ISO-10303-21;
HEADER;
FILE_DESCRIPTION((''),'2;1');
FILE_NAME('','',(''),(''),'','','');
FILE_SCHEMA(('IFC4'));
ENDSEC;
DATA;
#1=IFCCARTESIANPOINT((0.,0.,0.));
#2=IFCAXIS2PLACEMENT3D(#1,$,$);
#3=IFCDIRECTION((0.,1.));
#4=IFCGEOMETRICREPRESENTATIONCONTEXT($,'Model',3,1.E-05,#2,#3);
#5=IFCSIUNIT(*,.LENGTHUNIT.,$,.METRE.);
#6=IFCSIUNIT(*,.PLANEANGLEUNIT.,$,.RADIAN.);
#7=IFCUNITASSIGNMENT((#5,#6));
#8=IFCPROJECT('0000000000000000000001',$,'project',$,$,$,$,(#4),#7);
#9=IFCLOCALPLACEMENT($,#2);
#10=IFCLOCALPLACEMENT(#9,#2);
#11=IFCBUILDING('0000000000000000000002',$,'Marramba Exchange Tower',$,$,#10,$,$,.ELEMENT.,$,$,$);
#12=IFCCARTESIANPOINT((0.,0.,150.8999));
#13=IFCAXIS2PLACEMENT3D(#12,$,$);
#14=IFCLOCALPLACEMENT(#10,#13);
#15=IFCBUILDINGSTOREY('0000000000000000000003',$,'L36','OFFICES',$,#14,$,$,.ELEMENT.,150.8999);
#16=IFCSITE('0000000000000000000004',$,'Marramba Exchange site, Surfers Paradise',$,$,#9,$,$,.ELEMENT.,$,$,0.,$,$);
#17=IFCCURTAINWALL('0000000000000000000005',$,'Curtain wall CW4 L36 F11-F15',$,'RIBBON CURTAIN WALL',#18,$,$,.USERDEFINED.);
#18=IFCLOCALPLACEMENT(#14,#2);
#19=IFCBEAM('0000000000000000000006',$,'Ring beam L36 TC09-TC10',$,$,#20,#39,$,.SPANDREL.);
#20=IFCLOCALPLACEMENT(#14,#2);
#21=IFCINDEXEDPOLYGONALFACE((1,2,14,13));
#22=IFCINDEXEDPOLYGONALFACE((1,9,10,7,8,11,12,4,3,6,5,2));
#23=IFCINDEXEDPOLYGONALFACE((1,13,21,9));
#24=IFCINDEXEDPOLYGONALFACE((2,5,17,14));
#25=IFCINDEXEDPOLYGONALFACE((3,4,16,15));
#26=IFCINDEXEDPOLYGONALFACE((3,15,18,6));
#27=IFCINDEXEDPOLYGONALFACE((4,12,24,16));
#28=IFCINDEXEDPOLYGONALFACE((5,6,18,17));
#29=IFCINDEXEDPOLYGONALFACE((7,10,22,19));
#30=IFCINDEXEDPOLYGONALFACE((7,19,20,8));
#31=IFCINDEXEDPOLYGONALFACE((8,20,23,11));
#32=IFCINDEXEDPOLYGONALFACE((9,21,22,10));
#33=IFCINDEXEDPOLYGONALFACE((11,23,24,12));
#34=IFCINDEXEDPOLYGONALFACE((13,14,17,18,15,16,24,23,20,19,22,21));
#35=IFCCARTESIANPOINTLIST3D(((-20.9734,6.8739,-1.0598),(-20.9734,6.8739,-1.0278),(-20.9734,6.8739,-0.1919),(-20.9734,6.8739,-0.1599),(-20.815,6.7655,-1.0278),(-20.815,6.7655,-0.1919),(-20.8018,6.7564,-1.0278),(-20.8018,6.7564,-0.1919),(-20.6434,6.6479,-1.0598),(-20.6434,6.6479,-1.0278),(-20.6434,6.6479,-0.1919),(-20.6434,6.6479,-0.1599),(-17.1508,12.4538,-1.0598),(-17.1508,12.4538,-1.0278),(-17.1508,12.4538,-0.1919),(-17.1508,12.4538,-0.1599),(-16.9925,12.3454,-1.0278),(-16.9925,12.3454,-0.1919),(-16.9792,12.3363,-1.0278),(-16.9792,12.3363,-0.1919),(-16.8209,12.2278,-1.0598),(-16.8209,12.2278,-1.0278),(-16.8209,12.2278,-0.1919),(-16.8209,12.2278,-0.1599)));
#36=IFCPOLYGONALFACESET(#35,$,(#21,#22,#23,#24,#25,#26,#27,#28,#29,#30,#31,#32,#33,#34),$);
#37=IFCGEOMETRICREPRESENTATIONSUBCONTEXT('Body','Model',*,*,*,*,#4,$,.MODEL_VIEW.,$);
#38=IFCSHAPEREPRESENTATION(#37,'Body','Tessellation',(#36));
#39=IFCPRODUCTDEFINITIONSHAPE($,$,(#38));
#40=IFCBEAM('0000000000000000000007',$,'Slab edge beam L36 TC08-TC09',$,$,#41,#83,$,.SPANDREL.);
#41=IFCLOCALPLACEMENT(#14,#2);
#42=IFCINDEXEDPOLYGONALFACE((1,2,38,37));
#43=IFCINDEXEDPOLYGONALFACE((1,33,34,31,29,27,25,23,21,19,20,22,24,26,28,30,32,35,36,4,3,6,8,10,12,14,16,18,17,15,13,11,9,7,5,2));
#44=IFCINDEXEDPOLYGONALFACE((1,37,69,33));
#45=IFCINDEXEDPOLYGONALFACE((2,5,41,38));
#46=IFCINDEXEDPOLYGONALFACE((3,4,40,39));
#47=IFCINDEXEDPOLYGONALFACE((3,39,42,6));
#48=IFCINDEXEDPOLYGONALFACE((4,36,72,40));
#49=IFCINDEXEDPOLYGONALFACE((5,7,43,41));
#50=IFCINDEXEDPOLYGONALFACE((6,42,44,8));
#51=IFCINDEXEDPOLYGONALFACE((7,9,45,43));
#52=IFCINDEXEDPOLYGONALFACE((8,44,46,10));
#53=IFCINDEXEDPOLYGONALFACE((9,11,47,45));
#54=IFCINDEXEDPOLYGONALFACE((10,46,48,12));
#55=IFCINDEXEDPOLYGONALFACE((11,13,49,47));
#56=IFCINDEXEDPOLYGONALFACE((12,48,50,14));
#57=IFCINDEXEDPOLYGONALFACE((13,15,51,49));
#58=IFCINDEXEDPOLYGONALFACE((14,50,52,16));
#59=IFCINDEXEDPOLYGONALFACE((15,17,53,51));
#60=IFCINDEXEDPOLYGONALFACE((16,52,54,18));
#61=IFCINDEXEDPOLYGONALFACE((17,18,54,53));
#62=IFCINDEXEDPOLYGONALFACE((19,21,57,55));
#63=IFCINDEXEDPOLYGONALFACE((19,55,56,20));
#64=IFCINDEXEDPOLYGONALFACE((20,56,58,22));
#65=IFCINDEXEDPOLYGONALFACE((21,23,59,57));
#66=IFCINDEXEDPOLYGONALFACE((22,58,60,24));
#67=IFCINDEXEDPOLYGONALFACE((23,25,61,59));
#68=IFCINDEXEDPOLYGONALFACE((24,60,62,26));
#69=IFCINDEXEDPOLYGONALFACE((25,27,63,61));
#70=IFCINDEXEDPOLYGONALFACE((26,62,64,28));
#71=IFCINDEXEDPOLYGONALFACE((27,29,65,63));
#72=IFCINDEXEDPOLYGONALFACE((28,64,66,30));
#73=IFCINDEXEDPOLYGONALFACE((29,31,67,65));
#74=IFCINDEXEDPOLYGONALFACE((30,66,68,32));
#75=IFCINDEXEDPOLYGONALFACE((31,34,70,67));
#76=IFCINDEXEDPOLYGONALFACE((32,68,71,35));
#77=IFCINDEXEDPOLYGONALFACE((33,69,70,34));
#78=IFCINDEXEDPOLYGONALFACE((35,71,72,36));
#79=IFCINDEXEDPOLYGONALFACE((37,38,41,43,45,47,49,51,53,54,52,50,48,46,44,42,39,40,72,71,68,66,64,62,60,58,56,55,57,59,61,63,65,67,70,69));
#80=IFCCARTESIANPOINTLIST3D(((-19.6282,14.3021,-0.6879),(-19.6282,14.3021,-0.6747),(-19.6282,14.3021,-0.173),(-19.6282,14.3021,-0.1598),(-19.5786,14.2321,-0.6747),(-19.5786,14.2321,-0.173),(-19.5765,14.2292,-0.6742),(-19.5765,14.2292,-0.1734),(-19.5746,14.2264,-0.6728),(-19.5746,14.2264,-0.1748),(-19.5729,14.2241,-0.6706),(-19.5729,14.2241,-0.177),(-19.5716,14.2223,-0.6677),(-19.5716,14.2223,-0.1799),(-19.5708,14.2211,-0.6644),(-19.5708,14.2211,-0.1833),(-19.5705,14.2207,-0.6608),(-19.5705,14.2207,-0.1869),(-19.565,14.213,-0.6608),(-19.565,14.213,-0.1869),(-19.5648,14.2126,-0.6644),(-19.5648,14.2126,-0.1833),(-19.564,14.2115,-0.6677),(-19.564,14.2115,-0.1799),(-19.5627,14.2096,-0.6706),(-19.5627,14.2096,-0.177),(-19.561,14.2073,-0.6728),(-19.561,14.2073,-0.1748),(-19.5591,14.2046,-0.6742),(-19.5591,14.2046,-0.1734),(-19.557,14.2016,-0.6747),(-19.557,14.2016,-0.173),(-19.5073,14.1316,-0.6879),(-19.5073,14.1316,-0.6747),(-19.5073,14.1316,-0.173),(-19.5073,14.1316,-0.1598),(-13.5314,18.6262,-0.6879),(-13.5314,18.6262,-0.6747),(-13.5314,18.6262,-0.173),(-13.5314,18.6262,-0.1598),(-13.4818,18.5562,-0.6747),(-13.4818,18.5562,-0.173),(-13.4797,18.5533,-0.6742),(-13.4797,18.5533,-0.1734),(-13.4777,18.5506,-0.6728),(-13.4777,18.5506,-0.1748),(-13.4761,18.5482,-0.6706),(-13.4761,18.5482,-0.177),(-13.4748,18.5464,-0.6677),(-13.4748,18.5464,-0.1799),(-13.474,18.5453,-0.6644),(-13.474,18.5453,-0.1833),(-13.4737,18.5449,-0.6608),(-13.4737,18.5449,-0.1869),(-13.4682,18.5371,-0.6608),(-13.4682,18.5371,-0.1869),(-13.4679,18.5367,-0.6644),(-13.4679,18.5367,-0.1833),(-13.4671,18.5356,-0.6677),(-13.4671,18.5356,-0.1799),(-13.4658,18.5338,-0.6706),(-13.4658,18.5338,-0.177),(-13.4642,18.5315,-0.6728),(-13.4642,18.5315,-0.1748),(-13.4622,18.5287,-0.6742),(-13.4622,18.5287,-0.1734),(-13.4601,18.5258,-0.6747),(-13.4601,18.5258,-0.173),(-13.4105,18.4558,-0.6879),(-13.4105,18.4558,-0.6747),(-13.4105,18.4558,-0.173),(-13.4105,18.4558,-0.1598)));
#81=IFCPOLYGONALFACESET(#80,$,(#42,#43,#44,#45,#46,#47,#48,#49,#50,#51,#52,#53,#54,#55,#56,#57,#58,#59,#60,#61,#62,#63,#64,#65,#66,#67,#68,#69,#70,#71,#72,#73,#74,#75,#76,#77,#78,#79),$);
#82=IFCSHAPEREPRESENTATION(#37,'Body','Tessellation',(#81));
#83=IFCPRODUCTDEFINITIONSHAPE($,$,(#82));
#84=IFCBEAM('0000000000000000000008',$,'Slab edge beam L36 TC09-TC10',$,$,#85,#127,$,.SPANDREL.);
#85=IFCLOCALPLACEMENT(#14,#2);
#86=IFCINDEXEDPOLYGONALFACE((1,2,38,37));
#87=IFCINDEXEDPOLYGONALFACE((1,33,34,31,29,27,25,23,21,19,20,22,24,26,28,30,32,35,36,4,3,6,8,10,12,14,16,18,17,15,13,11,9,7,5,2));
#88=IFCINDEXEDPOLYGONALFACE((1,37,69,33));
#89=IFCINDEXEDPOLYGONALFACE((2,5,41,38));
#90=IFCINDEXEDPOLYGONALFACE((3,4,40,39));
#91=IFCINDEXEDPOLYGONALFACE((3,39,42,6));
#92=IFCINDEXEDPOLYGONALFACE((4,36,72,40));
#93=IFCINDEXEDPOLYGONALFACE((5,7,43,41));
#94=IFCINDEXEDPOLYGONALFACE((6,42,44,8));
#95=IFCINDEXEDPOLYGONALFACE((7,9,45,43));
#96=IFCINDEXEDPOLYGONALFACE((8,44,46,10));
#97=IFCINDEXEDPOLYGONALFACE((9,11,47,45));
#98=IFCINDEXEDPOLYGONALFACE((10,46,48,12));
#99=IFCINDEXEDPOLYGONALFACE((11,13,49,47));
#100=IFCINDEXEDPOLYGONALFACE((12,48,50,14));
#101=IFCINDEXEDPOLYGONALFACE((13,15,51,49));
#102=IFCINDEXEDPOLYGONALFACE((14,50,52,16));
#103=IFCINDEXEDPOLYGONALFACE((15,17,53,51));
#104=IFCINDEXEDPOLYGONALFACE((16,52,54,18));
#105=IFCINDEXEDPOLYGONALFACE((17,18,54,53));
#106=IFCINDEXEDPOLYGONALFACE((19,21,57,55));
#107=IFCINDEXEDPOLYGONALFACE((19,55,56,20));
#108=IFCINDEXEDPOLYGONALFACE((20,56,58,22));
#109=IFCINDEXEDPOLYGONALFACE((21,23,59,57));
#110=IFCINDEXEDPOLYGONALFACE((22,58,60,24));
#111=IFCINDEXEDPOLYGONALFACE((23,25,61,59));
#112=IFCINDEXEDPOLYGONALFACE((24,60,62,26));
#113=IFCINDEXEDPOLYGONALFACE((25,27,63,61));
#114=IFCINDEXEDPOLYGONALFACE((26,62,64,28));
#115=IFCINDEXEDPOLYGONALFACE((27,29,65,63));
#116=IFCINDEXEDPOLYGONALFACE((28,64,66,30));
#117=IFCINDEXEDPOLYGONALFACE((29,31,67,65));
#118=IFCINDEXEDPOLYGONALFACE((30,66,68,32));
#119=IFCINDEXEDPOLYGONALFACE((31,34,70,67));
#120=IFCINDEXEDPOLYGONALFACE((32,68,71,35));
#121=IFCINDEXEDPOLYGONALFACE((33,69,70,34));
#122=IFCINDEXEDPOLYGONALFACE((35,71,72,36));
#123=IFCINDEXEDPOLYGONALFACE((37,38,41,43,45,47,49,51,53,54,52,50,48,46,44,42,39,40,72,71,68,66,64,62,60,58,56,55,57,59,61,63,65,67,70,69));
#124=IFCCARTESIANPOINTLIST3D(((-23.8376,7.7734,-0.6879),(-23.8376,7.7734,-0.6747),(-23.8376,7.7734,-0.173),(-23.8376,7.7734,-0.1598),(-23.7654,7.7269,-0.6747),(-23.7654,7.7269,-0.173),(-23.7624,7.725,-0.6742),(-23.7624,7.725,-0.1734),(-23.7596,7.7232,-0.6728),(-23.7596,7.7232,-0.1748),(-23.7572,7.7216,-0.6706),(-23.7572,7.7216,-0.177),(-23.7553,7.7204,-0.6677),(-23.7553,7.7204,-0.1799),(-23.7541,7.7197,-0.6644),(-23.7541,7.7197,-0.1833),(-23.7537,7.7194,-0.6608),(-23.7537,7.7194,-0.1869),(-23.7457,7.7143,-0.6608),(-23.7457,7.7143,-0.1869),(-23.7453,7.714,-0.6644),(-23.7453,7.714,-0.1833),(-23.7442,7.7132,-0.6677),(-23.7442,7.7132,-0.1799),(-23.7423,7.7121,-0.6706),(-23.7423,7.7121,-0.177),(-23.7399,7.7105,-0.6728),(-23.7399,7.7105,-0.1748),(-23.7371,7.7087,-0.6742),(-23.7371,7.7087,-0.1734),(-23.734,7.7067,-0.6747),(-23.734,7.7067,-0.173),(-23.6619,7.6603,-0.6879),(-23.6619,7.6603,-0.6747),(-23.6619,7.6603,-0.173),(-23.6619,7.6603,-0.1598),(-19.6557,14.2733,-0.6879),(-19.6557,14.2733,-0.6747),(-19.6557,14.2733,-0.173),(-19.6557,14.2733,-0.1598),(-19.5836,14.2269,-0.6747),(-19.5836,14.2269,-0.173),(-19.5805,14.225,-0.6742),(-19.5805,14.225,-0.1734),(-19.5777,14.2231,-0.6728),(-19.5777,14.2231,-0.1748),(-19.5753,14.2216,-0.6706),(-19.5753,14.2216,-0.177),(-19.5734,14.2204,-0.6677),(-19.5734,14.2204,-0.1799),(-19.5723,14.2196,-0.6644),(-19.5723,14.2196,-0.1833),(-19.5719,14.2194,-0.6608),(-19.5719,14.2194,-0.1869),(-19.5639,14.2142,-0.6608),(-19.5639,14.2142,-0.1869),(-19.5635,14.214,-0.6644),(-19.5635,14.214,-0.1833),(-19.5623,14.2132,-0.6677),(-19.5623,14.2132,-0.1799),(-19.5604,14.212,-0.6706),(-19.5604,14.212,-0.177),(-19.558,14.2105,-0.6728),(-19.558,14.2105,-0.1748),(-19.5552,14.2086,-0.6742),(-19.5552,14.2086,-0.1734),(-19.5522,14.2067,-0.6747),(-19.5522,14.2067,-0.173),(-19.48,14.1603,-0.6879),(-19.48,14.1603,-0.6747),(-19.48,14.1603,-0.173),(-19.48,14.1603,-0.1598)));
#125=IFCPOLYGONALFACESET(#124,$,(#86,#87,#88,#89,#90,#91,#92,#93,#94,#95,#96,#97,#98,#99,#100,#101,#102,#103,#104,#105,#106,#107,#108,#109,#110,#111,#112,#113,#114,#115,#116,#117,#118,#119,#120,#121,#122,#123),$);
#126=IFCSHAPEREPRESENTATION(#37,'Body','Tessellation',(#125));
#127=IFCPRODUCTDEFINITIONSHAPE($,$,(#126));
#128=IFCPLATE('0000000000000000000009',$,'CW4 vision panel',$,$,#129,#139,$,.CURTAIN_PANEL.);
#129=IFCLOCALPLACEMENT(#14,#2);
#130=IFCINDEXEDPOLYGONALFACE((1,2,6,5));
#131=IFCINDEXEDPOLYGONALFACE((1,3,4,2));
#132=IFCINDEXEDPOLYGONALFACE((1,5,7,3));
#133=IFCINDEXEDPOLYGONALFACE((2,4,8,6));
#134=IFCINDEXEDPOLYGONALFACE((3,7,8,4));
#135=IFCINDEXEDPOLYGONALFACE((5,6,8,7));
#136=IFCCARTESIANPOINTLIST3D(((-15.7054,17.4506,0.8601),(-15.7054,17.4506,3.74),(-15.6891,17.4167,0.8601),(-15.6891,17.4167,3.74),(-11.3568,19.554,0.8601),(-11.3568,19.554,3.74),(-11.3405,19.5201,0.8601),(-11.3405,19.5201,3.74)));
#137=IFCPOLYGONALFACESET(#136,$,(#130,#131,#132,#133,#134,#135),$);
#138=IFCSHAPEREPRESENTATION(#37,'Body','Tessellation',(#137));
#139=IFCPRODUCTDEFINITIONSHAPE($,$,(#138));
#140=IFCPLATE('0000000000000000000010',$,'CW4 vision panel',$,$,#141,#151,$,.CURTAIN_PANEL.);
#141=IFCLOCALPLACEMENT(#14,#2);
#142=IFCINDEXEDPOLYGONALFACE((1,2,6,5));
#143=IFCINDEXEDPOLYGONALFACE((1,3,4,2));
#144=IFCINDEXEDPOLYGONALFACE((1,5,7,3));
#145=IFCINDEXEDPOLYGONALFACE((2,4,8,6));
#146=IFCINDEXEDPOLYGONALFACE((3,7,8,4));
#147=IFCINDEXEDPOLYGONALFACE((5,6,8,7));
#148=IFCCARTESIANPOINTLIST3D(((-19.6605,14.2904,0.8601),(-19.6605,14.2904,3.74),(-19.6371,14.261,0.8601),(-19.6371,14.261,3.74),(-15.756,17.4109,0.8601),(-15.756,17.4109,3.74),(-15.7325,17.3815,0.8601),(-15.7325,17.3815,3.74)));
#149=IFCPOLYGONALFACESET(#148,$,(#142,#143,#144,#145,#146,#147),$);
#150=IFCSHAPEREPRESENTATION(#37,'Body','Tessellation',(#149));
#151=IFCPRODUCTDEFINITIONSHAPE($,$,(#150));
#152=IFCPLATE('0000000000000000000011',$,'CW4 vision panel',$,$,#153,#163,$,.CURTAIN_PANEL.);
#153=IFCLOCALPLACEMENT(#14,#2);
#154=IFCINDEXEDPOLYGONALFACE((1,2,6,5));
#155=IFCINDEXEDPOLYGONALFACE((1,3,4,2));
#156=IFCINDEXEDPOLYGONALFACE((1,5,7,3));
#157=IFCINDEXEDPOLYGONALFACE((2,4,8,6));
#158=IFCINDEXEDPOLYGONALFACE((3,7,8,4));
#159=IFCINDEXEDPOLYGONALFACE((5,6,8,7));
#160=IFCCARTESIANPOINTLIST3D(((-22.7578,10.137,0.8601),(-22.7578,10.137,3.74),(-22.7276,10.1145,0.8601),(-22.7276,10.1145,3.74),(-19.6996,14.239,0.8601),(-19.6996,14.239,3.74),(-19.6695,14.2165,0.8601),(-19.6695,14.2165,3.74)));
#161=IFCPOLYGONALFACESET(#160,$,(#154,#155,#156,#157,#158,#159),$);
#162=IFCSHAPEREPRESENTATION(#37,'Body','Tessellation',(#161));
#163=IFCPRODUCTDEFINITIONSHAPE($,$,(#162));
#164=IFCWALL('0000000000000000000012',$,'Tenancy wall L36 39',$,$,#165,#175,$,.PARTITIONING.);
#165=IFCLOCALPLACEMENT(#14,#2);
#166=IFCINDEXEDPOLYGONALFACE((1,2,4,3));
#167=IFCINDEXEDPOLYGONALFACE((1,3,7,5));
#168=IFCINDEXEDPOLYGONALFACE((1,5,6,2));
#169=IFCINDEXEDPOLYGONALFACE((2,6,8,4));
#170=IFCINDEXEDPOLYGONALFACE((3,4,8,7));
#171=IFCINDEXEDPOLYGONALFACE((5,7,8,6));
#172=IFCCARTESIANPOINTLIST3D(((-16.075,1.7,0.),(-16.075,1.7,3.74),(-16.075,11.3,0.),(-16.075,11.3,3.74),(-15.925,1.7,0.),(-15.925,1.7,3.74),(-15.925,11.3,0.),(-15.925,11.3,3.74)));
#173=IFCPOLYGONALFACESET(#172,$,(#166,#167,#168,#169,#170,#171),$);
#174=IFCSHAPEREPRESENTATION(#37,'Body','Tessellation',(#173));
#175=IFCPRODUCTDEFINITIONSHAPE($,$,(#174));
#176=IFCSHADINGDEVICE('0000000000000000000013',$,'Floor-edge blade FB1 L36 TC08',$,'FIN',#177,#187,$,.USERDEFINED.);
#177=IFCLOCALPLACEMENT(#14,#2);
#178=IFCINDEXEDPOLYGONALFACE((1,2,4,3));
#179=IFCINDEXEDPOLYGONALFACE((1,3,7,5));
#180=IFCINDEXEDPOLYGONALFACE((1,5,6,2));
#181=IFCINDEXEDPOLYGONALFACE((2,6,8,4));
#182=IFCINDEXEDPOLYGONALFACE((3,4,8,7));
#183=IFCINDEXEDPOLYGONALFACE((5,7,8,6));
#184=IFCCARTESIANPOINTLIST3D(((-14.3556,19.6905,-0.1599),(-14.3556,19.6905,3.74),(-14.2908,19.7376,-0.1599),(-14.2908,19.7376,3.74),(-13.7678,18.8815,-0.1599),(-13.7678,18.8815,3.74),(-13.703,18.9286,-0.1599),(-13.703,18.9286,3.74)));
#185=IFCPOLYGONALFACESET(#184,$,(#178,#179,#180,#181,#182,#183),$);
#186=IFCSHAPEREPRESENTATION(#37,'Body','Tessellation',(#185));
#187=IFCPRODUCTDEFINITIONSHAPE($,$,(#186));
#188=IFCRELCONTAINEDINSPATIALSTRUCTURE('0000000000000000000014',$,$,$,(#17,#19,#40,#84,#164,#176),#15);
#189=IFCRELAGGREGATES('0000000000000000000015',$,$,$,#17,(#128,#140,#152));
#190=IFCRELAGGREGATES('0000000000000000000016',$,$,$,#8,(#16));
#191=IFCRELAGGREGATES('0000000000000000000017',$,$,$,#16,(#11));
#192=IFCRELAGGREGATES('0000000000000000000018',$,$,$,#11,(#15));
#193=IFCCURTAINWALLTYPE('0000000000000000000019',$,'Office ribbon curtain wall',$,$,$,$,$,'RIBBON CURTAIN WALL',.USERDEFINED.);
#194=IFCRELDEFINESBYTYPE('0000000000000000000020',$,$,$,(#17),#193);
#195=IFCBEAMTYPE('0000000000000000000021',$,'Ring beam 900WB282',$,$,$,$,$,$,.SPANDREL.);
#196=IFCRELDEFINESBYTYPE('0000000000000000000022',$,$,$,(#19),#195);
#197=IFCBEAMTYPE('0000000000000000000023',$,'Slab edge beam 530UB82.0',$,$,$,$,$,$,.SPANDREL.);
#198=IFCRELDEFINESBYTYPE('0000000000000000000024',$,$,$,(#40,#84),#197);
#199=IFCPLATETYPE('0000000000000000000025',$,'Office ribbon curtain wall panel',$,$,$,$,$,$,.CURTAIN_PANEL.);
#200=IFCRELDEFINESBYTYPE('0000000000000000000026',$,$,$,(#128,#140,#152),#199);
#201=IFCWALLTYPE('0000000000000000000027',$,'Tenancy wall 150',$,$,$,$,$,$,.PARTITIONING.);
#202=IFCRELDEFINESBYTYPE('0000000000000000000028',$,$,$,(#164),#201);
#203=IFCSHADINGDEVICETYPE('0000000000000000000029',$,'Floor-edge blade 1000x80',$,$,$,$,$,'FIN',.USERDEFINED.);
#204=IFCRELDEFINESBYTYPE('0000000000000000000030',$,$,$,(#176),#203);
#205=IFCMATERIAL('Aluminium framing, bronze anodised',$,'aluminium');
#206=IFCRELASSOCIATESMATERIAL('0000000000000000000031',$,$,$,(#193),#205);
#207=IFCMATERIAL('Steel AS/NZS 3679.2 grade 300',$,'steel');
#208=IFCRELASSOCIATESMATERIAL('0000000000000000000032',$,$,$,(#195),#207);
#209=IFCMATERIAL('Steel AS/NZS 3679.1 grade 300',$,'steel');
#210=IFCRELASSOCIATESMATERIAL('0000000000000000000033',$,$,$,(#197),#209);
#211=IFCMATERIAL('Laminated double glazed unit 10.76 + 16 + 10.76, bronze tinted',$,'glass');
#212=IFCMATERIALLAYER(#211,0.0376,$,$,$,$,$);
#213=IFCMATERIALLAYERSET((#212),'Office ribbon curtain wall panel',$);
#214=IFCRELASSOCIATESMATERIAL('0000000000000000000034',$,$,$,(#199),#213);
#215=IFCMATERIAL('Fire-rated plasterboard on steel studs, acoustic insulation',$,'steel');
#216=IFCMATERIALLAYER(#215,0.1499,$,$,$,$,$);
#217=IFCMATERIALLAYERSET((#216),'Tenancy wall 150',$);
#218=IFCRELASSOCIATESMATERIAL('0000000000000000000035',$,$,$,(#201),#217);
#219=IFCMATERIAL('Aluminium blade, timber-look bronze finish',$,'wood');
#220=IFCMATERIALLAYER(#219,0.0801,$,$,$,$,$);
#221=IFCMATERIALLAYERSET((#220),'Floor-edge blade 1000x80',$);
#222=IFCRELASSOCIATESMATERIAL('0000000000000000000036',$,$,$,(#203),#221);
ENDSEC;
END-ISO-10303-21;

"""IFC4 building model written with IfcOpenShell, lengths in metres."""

from ifc_helpers import new_model, si_unit, direction, frame, frame_2d, origin, origin_2d, place, context, subcontext, project, spatial, rectangle, i_section, extrude, material, layer, layer_set, material_profile, profile_set, type_object, element, aggregate, save


model = new_model("IFC4")

# Units and contexts
model_context = context("Model", 3, precision=1e-05, world=origin(), true_north=direction((0.0, 1.0)))
body_context = subcontext(model_context, "Body", "Model", "MODEL_VIEW")
ifc_project = project(units=[si_unit("LENGTHUNIT", "METRE"), si_unit("PLANEANGLEUNIT", "RADIAN")], contexts=[model_context])

# Site, building, storey
site_placement = place(None, origin())
site = spatial("IfcSite", under=ifc_project, at=site_placement, Name="Marramba Exchange site, Surfers Paradise", CompositionType="ELEMENT", RefElevation=0.0)
building_placement = place(site_placement, origin())
building = spatial("IfcBuilding", under=site, at=building_placement, Name="Marramba Exchange Tower", CompositionType="ELEMENT")
storey_placement = place(building_placement, frame((0.0, 0.0, 150.8999)))
storey = spatial("IfcBuildingStorey", under=building, at=storey_placement, Name="L36", Description="OFFICES", CompositionType="ELEMENT", Elevation=150.8999)

# Shared definitions
ifc_material_1 = material(Name="Steel AS/NZS 3679.2 grade 300", Category="steel")
ifc_material_2 = material(Name="Steel AS/NZS 3679.1 grade 300", Category="steel")

# Curtain wall
ifc_material_3 = material(Name="Aluminium framing, bronze anodised", Category="aluminium")
curtain_wall_type = type_object("IfcCurtainWallType", Name="Office ribbon curtain wall", ElementType="RIBBON CURTAIN WALL", PredefinedType="USERDEFINED", material=ifc_material_3)
curtain_wall_placement = place(storey_placement, origin())
curtain_wall = element("IfcCurtainWall", 1, at=curtain_wall_placement, inside=storey, type_object=curtain_wall_type, Name="Curtain wall CW4 L36 F11-F15", ObjectType="RIBBON CURTAIN WALL", PredefinedType="USERDEFINED")

# Beams
ifc_material_profile_1 = material_profile(ifc_material_1, i_section(OverallWidth=0.3999, OverallDepth=0.8999, WebThickness=0.0161, FlangeThickness=0.032, at=origin_2d()), Name="900WB282")
ifc_profile_set_1 = profile_set([ifc_material_profile_1], Name="Steel AS/NZS 3679.2 grade 300")
beam_type_1 = type_object("IfcBeamType", Name="Ring beam 900WB282", PredefinedType="SPANDREL", material=ifc_profile_set_1)
beam_1_placement = place(storey_placement, frame((-16.9858, 12.3408, -0.6099), z_axis=(-0.56516, -0.824981, 0.0), x_axis=(0.824981, -0.56516, 0.0)))
element("IfcBeam", 2, at=beam_1_placement, inside=storey, type_object=beam_type_1, Name="Ring beam L36 TC09-TC10", PredefinedType="SPANDREL", context=body_context, shape_type="SweptSolid", body=[
    extrude(i_section(OverallWidth=0.3999, OverallDepth=0.8999, WebThickness=0.0161, FlangeThickness=0.032, at=origin_2d()), origin(), (0.0, 0.0, 1.0), 6.7637),
])
ifc_material_profile_2 = material_profile(ifc_material_2, i_section(OverallWidth=0.209, OverallDepth=0.5281, WebThickness=0.0095, FlangeThickness=0.0132, FilletRadius=0.0139, at=origin_2d()), Name="530UB82.0")
ifc_profile_set_2 = profile_set([ifc_material_profile_2], Name="Steel AS/NZS 3679.1 grade 300")
beam_type_2 = type_object("IfcBeamType", Name="Slab edge beam 530UB82.0", PredefinedType="SPANDREL", material=ifc_profile_set_2)
beam_2_placement = place(storey_placement, frame((-13.4709, 18.541, -0.4238), z_axis=(-0.815673, -0.578513, 0.0), x_axis=(0.578513, -0.815673, 0.0)))
element("IfcBeam", 3, at=beam_2_placement, inside=storey, type_object=beam_type_2, Name="Slab edge beam L36 TC08-TC09", PredefinedType="SPANDREL", context=body_context, shape_type="SweptSolid", body=[
    extrude(i_section(OverallWidth=0.209, OverallDepth=0.5281, WebThickness=0.0095, FlangeThickness=0.0132, FilletRadius=0.0139, at=origin_2d()), origin(), (0.0, 0.0, 1.0), 7.4746),
])
beam_3_placement = place(storey_placement, frame((-19.5679, 14.2168, -0.4238), z_axis=(-0.541061, -0.840983, 0.0), x_axis=(0.840983, -0.541061, 0.0)))
element("IfcBeam", 4, at=beam_3_placement, inside=storey, type_object=beam_type_2, Name="Slab edge beam L36 TC09-TC10", PredefinedType="SPANDREL", context=body_context, shape_type="SweptSolid", body=[
    extrude(i_section(OverallWidth=0.209, OverallDepth=0.5281, WebThickness=0.0095, FlangeThickness=0.0132, FilletRadius=0.0139, at=origin_2d()), origin(), (0.0, 0.0, 1.0), 7.729),
])

# Plates
ifc_material_4 = material(Name="Laminated double glazed unit 10.76 + 16 + 10.76, bronze tinted", Category="glass")
ifc_layer_1 = layer(ifc_material_4, 0.0376)
ifc_layer_set_1 = layer_set([ifc_layer_1], Name="Office ribbon curtain wall panel")
plate_type = type_object("IfcPlateType", Name="Office ribbon curtain wall panel", PredefinedType="CURTAIN_PANEL", material=ifc_layer_set_1)
plate_1_placement = place(storey_placement, frame((-13.5229, 18.4854, 0.8601), z_axis=(0.0, 0.0, 1.0), x_axis=(-0.900224, -0.435428, 0.0)))
plate_1 = element("IfcPlate", 5, at=plate_1_placement, type_object=plate_type, Name="CW4 vision panel", PredefinedType="CURTAIN_PANEL", context=body_context, shape_type="SweptSolid", body=[
    extrude(rectangle(XDim=4.8306, YDim=0.0376, at=origin_2d()), origin(), (0.0, 0.0, 1.0), 2.8799),
])
plate_2_placement = place(storey_placement, frame((-17.6965, 15.8359, 0.8601), z_axis=(0.0, 0.0, 1.0), x_axis=(-0.781178, -0.624308, 0.0)))
plate_2 = element("IfcPlate", 6, at=plate_2_placement, type_object=plate_type, Name="CW4 vision panel", PredefinedType="CURTAIN_PANEL", context=body_context, shape_type="SweptSolid", body=[
    extrude(rectangle(XDim=4.9983, YDim=0.0376, at=origin_2d()), origin(), (0.0, 0.0, 1.0), 2.8799),
])
plate_3_placement = place(storey_placement, frame((-21.2136, 12.1768, 0.8601), z_axis=(0.0, 0.0, 1.0), x_axis=(-0.597704, -0.801717, 0.0)))
plate_3 = element("IfcPlate", 7, at=plate_3_placement, type_object=plate_type, Name="CW4 vision panel", PredefinedType="CURTAIN_PANEL", context=body_context, shape_type="SweptSolid", body=[
    extrude(rectangle(XDim=5.1165, YDim=0.0376, at=origin_2d()), origin(), (0.0, 0.0, 1.0), 2.8799),
])
aggregate(curtain_wall, [plate_1, plate_2, plate_3])

# Wall
ifc_material_5 = material(Name="Fire-rated plasterboard on steel studs, acoustic insulation", Category="steel")
ifc_layer_2 = layer(ifc_material_5, 0.1499)
ifc_layer_set_2 = layer_set([ifc_layer_2], Name="Tenancy wall 150")
wall_type_1 = type_object("IfcWallType", Name="Tenancy wall 150", PredefinedType="PARTITIONING", material=ifc_layer_set_2)
wall_1_placement = place(storey_placement, frame((-16.0, 11.3, 0.0), z_axis=(0.0, 0.0, 1.0), x_axis=(0.0, -1.0, 0.0)))
element("IfcWall", 8, at=wall_1_placement, inside=storey, type_object=wall_type_1, Name="Tenancy wall L36 39", PredefinedType="PARTITIONING", context=body_context, shape_type="SweptSolid", body=[
    extrude(rectangle(XDim=9.6001, YDim=0.1499, at=frame_2d((4.8, 0.0))), origin(), (0.0, 0.0, 1.0), 3.74),
])

# Shading device
ifc_material_6 = material(Name="Aluminium blade, timber-look bronze finish", Category="wood")
ifc_layer_3 = layer(ifc_material_6, 0.0801)
ifc_layer_set_3 = layer_set([ifc_layer_3], Name="Floor-edge blade 1000x80")
shading_device_type_1 = type_object("IfcShadingDeviceType", Name="Floor-edge blade 1000x80", ElementType="FIN", PredefinedType="USERDEFINED", material=ifc_layer_set_3)
for number, where, z_axis, x_axis, name in (
    (9, (-14.0293, 19.3096, -0.1599), (0.0, 0.0, 1.0), (-0.587785, 0.809017, 0.0), "Floor-edge blade FB1 L36 TC08"),
):
    element("IfcShadingDevice", number, at=place(storey_placement, frame(where, z_axis=z_axis, x_axis=x_axis)), inside=storey, type_object=shading_device_type_1, Name=name, ObjectType="FIN", PredefinedType="USERDEFINED", context=body_context, shape_type="SweptSolid", body=[
        extrude(rectangle(XDim=1.0, YDim=0.0801, at=origin_2d()), origin(), (0.0, 0.0, 1.0), 3.8999),
    ])

save(model, "model.ifc")
